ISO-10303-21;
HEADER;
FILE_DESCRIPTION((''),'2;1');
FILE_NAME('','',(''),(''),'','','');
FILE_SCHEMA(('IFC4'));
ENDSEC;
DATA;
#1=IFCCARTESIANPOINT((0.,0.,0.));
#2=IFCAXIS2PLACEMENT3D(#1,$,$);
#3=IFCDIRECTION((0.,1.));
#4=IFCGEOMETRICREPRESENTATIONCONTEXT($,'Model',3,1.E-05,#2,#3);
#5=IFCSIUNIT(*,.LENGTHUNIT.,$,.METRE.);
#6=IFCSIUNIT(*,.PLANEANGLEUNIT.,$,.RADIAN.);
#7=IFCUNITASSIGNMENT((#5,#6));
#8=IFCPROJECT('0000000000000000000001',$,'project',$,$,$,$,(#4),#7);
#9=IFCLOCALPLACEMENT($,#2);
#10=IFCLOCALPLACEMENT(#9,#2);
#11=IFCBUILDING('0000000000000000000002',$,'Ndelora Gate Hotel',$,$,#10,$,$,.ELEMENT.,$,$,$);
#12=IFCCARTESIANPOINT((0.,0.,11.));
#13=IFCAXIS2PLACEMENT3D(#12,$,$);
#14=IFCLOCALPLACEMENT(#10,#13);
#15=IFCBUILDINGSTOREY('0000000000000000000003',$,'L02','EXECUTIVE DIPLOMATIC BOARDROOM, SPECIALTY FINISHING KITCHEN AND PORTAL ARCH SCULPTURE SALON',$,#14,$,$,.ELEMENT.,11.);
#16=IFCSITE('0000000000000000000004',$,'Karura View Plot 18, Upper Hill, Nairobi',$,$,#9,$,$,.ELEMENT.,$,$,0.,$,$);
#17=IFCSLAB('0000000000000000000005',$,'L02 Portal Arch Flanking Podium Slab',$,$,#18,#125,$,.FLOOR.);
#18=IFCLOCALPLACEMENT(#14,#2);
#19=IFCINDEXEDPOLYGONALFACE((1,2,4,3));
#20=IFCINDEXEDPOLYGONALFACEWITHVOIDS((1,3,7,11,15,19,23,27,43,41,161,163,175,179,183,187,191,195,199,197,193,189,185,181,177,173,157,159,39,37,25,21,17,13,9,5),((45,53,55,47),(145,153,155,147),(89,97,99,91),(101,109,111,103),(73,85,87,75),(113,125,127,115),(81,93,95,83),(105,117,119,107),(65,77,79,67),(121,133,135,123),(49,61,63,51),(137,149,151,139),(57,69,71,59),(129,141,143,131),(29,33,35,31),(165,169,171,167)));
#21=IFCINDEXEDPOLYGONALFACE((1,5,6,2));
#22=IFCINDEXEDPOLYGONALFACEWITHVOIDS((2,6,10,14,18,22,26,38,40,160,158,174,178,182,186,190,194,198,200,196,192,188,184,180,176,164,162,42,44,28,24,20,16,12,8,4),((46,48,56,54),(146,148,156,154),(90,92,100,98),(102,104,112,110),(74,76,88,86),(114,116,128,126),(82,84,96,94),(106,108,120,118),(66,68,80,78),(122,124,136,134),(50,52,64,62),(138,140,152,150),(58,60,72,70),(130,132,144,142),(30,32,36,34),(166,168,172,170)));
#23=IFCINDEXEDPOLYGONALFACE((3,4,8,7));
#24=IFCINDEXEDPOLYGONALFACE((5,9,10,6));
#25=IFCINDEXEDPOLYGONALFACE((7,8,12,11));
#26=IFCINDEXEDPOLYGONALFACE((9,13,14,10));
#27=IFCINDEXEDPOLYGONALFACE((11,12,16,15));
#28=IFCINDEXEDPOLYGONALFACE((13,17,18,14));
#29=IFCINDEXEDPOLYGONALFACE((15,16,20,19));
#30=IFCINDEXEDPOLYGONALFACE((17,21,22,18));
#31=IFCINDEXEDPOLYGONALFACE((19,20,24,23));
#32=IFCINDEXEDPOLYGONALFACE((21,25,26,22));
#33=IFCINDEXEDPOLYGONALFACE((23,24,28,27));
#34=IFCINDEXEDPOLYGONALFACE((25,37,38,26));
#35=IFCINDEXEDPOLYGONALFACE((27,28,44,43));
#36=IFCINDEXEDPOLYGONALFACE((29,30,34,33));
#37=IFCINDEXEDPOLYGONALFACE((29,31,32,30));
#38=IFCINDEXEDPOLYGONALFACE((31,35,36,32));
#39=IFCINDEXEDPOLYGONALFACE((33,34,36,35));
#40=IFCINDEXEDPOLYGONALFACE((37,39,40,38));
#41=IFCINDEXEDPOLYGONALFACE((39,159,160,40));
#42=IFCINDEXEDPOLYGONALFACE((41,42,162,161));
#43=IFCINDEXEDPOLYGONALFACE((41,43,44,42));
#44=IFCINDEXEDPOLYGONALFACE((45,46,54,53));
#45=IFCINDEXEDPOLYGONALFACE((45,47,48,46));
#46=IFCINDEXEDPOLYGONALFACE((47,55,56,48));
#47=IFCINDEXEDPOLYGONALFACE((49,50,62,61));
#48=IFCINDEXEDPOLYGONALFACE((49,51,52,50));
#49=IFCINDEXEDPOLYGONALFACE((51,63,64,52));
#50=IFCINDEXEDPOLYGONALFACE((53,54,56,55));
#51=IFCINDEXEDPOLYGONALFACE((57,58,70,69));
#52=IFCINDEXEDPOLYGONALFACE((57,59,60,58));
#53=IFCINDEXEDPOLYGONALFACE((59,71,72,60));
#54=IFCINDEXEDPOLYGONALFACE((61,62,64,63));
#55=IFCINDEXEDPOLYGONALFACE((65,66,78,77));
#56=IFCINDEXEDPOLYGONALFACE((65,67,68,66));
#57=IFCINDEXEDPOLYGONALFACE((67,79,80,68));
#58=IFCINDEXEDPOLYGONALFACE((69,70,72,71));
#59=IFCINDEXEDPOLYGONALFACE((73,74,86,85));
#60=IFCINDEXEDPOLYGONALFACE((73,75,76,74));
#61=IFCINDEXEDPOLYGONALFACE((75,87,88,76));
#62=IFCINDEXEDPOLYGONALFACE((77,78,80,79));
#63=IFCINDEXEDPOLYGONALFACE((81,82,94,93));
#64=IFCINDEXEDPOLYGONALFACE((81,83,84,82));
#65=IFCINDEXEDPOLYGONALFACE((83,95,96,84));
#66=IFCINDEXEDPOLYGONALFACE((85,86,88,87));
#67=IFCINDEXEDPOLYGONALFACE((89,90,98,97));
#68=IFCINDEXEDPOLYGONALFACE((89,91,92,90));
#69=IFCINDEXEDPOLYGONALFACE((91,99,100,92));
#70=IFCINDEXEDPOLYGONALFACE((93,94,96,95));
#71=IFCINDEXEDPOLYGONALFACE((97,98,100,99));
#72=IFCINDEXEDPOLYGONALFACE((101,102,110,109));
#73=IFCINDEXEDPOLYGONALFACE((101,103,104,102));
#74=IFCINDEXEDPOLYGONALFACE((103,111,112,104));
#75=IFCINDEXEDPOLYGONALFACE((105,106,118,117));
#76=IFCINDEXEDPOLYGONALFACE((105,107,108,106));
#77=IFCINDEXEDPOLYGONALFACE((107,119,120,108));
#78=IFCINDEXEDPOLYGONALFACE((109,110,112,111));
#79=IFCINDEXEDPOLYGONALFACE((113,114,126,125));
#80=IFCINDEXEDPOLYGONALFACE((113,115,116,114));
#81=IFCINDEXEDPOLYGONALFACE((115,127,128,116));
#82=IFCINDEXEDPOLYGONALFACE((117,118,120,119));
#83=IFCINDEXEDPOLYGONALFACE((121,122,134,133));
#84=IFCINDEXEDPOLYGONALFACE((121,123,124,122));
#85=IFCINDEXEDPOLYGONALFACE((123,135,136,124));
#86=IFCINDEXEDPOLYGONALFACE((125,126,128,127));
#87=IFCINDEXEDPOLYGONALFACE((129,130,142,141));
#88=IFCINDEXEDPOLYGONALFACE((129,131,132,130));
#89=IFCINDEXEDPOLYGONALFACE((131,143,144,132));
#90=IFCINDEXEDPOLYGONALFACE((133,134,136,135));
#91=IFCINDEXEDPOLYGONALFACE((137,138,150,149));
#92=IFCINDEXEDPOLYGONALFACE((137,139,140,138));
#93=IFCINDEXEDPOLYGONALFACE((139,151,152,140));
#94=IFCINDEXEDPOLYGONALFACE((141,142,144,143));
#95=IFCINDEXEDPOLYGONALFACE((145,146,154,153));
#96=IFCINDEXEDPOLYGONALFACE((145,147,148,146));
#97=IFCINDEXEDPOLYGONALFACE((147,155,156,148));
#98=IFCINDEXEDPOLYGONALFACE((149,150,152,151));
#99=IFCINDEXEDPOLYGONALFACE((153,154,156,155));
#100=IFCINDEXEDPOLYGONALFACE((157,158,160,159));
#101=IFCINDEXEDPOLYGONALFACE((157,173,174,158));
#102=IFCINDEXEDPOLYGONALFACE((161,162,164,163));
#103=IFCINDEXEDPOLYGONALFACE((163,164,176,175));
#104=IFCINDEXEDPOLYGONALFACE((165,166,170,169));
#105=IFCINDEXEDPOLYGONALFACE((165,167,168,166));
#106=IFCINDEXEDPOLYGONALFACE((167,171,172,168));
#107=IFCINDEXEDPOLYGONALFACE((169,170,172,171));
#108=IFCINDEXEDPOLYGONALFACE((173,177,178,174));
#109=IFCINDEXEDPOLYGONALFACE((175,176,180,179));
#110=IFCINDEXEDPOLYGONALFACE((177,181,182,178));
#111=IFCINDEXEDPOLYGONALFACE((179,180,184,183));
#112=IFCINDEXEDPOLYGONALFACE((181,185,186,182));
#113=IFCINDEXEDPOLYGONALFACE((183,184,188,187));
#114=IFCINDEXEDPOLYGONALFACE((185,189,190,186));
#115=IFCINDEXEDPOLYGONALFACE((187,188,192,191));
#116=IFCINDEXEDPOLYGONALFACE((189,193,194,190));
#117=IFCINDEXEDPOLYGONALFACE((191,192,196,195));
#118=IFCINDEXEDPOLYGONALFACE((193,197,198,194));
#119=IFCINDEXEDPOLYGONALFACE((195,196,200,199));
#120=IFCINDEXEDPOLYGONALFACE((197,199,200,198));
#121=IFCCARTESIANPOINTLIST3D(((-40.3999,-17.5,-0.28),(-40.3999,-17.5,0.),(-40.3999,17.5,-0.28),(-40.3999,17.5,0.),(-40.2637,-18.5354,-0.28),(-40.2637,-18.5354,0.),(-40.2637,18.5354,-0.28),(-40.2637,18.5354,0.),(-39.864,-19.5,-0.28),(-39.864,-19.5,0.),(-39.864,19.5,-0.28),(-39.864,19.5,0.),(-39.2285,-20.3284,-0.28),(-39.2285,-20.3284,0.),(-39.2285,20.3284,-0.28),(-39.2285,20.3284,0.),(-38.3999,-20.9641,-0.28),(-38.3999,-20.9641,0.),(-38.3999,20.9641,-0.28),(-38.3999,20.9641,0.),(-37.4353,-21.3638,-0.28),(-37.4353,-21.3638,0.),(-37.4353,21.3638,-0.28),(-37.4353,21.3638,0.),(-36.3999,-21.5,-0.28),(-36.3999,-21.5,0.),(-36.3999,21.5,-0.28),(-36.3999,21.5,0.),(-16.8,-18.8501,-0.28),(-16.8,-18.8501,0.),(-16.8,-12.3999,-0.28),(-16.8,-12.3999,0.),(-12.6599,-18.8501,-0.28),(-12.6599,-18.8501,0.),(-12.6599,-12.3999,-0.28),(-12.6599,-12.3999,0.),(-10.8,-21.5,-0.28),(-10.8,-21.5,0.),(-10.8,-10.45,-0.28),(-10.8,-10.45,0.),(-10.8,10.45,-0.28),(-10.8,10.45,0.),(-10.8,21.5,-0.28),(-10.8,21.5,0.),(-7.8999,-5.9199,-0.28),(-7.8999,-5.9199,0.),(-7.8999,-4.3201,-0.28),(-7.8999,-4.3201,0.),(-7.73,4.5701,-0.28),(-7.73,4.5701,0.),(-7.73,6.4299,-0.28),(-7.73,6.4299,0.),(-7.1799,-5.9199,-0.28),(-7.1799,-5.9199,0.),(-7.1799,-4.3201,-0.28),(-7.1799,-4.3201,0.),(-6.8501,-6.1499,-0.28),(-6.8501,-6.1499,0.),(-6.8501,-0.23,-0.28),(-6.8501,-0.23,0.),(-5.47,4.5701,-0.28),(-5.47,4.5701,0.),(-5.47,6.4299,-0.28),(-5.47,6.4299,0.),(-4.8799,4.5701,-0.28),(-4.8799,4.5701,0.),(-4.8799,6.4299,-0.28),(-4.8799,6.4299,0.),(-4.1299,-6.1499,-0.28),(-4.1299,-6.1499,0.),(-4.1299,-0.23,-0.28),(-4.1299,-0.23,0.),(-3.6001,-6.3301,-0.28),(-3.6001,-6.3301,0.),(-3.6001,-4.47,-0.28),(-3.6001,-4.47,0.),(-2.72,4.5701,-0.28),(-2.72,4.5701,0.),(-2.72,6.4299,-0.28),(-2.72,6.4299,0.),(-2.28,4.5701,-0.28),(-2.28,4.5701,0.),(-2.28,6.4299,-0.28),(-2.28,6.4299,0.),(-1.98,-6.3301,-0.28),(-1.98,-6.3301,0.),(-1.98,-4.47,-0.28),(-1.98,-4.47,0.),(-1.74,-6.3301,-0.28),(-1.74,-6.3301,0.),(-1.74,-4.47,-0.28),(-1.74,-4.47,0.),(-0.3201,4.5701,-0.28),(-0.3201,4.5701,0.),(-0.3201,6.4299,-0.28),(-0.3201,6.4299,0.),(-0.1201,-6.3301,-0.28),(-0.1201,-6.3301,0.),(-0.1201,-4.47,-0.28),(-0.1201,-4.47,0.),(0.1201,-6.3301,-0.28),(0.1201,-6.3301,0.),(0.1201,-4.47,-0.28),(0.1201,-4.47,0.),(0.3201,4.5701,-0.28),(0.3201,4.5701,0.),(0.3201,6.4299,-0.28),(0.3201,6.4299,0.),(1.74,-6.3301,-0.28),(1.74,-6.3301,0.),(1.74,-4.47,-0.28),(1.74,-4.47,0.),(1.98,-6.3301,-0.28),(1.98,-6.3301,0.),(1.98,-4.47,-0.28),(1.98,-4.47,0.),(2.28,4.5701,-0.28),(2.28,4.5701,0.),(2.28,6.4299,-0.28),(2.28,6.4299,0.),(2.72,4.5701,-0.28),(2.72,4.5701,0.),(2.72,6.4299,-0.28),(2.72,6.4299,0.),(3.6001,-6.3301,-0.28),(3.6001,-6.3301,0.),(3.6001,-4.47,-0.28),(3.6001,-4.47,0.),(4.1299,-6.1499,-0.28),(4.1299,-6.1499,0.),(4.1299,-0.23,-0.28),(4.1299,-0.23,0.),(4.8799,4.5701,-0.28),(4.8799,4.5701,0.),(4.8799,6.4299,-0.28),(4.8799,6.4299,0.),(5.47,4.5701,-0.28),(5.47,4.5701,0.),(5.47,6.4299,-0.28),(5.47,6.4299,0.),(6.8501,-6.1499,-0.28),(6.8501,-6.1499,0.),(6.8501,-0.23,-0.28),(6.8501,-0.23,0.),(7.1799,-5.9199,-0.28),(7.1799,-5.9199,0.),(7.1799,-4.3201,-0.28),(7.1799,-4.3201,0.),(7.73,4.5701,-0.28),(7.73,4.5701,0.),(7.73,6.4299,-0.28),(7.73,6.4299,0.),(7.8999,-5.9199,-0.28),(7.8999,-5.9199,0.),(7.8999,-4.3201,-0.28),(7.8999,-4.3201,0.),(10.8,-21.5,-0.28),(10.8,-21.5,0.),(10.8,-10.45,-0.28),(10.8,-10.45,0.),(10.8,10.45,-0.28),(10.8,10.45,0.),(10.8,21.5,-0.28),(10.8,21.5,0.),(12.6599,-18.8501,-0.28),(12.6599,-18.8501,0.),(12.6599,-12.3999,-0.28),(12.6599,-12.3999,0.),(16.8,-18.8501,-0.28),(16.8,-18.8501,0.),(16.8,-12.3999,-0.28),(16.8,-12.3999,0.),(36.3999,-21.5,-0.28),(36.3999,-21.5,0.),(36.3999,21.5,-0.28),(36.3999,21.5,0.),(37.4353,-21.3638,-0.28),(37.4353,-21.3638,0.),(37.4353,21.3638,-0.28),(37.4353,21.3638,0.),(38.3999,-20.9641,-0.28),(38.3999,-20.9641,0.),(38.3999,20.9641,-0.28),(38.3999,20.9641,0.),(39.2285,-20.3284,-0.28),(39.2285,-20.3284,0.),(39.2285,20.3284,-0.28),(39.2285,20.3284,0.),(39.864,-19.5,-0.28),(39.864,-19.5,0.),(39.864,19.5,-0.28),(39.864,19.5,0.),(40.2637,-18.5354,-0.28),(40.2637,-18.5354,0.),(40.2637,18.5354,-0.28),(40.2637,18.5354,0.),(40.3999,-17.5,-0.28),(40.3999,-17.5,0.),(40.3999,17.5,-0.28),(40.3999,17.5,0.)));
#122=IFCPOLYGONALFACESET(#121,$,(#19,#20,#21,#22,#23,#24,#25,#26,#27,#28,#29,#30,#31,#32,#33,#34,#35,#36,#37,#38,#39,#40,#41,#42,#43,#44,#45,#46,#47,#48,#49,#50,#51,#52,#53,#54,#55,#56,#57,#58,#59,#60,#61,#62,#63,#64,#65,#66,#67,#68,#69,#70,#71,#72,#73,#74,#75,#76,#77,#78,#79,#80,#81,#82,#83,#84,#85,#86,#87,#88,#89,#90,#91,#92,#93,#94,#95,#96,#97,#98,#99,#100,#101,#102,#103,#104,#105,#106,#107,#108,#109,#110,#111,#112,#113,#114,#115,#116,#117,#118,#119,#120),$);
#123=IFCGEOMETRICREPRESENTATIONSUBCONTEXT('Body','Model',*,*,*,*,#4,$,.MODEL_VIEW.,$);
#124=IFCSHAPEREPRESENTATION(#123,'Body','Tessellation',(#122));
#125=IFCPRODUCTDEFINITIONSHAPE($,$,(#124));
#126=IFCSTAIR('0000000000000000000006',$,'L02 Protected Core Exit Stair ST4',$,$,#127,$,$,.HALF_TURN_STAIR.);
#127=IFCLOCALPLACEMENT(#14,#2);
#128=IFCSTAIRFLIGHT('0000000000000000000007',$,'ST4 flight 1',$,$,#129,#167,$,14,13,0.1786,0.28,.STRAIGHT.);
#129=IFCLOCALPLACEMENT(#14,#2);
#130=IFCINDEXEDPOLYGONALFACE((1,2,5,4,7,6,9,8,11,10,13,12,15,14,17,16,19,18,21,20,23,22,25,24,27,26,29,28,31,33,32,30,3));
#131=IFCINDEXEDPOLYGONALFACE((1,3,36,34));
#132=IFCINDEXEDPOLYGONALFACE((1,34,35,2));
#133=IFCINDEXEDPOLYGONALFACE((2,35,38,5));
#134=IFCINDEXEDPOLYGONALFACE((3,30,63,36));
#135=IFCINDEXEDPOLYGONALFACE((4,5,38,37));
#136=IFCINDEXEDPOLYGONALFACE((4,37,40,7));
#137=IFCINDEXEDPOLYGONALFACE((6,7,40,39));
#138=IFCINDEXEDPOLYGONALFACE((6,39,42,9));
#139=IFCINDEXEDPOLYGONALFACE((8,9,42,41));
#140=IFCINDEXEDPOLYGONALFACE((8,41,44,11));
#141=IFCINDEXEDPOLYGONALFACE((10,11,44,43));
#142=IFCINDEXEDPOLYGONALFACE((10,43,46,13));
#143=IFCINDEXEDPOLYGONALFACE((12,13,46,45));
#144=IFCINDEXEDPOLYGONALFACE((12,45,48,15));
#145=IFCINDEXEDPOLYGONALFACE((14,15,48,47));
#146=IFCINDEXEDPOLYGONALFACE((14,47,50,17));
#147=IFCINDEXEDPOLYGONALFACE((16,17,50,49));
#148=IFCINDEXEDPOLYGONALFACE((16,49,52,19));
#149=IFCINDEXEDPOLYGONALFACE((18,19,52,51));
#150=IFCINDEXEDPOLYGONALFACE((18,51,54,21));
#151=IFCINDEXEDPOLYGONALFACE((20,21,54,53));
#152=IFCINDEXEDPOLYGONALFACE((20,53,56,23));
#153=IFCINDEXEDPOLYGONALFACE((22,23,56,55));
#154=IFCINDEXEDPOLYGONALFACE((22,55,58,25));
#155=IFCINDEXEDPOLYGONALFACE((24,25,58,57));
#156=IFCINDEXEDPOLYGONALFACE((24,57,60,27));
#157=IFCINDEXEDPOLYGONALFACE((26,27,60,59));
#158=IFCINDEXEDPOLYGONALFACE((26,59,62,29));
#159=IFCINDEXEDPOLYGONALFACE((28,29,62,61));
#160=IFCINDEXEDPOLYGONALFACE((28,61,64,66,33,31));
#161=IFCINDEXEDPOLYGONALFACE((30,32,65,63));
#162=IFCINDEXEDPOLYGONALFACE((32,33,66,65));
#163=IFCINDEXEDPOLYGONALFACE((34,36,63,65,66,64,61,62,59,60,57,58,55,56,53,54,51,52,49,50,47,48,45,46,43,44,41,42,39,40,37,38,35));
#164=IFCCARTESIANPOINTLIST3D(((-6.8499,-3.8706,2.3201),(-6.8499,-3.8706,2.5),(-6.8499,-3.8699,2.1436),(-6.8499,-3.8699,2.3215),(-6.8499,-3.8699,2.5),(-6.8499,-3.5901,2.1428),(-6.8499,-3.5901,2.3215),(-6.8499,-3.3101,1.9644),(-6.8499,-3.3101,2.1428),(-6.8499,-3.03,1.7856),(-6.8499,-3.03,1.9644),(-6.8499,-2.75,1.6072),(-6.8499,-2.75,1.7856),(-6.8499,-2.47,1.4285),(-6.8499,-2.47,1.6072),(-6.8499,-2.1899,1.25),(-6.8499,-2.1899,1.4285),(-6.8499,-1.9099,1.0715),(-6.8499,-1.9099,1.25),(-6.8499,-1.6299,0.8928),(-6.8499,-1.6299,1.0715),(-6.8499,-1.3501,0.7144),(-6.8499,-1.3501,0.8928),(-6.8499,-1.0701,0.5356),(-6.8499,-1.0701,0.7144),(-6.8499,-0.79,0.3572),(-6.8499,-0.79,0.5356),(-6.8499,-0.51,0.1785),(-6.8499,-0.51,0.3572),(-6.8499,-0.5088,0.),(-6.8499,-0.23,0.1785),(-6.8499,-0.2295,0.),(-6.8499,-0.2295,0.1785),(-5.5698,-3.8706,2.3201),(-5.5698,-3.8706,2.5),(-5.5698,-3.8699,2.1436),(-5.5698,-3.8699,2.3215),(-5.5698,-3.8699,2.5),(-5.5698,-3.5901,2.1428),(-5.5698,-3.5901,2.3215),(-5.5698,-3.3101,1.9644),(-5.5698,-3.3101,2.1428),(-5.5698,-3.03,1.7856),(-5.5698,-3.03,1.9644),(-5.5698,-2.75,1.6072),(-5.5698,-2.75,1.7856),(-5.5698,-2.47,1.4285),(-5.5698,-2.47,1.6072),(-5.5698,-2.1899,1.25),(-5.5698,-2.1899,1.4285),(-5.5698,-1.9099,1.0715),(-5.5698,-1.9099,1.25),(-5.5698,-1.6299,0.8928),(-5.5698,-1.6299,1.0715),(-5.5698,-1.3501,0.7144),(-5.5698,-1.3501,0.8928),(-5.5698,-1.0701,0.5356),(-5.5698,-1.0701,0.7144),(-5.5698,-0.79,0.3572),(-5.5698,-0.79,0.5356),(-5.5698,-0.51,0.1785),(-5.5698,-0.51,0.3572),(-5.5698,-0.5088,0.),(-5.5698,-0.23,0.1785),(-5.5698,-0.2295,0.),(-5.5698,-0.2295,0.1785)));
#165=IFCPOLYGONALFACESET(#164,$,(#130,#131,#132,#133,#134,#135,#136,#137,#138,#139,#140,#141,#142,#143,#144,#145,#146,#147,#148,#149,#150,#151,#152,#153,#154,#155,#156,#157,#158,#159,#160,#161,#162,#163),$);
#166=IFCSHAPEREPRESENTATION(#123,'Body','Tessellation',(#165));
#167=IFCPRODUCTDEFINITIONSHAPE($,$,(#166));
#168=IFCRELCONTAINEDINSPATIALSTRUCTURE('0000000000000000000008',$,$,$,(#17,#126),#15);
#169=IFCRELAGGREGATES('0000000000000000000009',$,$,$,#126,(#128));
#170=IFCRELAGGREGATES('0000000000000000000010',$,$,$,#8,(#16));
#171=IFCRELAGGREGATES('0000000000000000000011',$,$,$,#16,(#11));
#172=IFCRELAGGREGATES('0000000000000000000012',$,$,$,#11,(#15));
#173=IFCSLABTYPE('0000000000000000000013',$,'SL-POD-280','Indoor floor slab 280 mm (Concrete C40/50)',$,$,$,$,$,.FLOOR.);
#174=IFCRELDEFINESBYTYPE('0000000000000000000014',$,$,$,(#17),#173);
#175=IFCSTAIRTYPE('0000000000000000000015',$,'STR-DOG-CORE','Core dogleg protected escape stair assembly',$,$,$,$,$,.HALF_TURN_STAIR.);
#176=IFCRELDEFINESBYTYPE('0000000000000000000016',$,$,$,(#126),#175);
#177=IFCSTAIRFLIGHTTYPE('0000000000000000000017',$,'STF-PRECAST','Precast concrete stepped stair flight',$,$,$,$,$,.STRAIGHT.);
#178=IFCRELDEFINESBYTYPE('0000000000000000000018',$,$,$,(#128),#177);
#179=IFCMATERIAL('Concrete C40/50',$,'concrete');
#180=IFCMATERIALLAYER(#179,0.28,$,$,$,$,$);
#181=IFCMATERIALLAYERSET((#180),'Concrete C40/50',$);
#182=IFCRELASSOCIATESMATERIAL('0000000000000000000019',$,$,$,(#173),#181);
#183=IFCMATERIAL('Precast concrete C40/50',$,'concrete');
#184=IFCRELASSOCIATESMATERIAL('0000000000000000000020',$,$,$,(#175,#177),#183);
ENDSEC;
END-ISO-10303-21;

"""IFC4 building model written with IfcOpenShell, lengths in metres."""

from ifc_helpers import new_model, si_unit, direction, frame, origin, place, context, subcontext, project, spatial, polyline, outline, extrude, material, layer, layer_set, type_object, element, aggregate, save


model = new_model("IFC4")

# Units and contexts
model_context = context("Model", 3, precision=1e-05, world=origin(), true_north=direction((0.0, 1.0)))
body_context = subcontext(model_context, "Body", "Model", "MODEL_VIEW")
ifc_project = project(units=[si_unit("LENGTHUNIT", "METRE"), si_unit("PLANEANGLEUNIT", "RADIAN")], contexts=[model_context])

# Site, building, storey
site_placement = place(None, origin())
site = spatial("IfcSite", under=ifc_project, at=site_placement, Name="Karura View Plot 18, Upper Hill, Nairobi", CompositionType="ELEMENT", RefElevation=0.0)
building_placement = place(site_placement, origin())
building = spatial("IfcBuilding", under=site, at=building_placement, Name="Ndelora Gate Hotel", CompositionType="ELEMENT")
storey_placement = place(building_placement, frame((0.0, 0.0, 11.0)))
storey = spatial("IfcBuildingStorey", under=building, at=storey_placement, Name="L02", Description="EXECUTIVE DIPLOMATIC BOARDROOM, SPECIALTY FINISHING KITCHEN AND PORTAL ARCH SCULPTURE SALON", CompositionType="ELEMENT", Elevation=11.0)

# Slab
ifc_material_1 = material(Name="Concrete C40/50", Category="concrete")
ifc_layer_1 = layer(ifc_material_1, 0.28)
ifc_layer_set_1 = layer_set([ifc_layer_1], Name="Concrete C40/50")
slab_type = type_object("IfcSlabType", Name="SL-POD-280", Description="Indoor floor slab 280 mm (Concrete C40/50)", PredefinedType="FLOOR", material=ifc_layer_set_1)
slab_placement = place(storey_placement, frame((0.0, 0.0, -0.28)))
element("IfcSlab", 1, at=slab_placement, inside=storey, type_object=slab_type, Name="L02 Portal Arch Flanking Podium Slab", PredefinedType="FLOOR", context=body_context, shape_type="SweptSolid", body=[
    extrude(outline(polyline([(-36.3999, -21.5), (-10.8, -21.5), (-10.8, -10.45), (10.8, -10.45), (10.8, -21.5), (36.3999, -21.5), (37.4353, -21.3638), (38.3999, -20.9641), (39.2285, -20.3284), (39.864, -19.5), (40.2637, -18.5354), (40.3999, -17.5), (40.3999, 17.5), (40.2637, 18.5354), (39.864, 19.5), (39.2285, 20.3284), (38.3999, 20.9641), (37.4353, 21.3638), (36.3999, 21.5), (10.8, 21.5), (10.8, 10.45), (-10.8, 10.45), (-10.8, 21.5), (-36.3999, 21.5), (-37.4353, 21.3638), (-38.3999, 20.9641), (-39.2285, 20.3284), (-39.864, 19.5), (-40.2637, 18.5354), (-40.3999, 17.5), (-40.3999, -17.5), (-40.2637, -18.5354), (-39.864, -19.5), (-39.2285, -20.3284), (-38.3999, -20.9641), (-37.4353, -21.3638), (-36.3999, -21.5)]), holes=[polyline([(-6.8501, -0.23), (-6.8501, -6.1499), (-4.1299, -6.1499), (-4.1299, -0.23), (-6.8501, -0.23)]), polyline([(4.1299, -0.23), (4.1299, -6.1499), (6.8501, -6.1499), (6.8501, -0.23), (4.1299, -0.23)]), polyline([(-16.8, -12.3999), (-16.8, -18.8501), (-12.6599, -18.8501), (-12.6599, -12.3999), (-16.8, -12.3999)]), polyline([(12.6599, -12.3999), (12.6599, -18.8501), (16.8, -18.8501), (16.8, -12.3999), (12.6599, -12.3999)]), polyline([(-7.73, 4.5701), (-5.47, 4.5701), (-5.47, 6.4299), (-7.73, 6.4299), (-7.73, 4.5701)]), polyline([(5.47, 4.5701), (7.73, 4.5701), (7.73, 6.4299), (5.47, 6.4299), (5.47, 4.5701)]), polyline([(-4.8799, 4.5701), (-2.72, 4.5701), (-2.72, 6.4299), (-4.8799, 6.4299), (-4.8799, 4.5701)]), polyline([(2.72, 4.5701), (4.8799, 4.5701), (4.8799, 6.4299), (2.72, 6.4299), (2.72, 4.5701)]), polyline([(-3.6001, -6.3301), (-1.98, -6.3301), (-1.98, -4.47), (-3.6001, -4.47), (-3.6001, -6.3301)]), polyline([(-1.74, -6.3301), (-0.1201, -6.3301), (-0.1201, -4.47), (-1.74, -4.47), (-1.74, -6.3301)]), polyline([(0.1201, -6.3301), (1.74, -6.3301), (1.74, -4.47), (0.1201, -4.47), (0.1201, -6.3301)]), polyline([(1.98, -6.3301), (3.6001, -6.3301), (3.6001, -4.47), (1.98, -4.47), (1.98, -6.3301)]), polyline([(-2.28, 4.5701), (-0.3201, 4.5701), (-0.3201, 6.4299), (-2.28, 6.4299), (-2.28, 4.5701)]), polyline([(0.3201, 4.5701), (2.28, 4.5701), (2.28, 6.4299), (0.3201, 6.4299), (0.3201, 4.5701)]), polyline([(-7.8999, -5.9199), (-7.1799, -5.9199), (-7.1799, -4.3201), (-7.8999, -4.3201), (-7.8999, -5.9199)]), polyline([(7.1799, -5.9199), (7.8999, -5.9199), (7.8999, -4.3201), (7.1799, -4.3201), (7.1799, -5.9199)])]), origin(), (0.0, 0.0, 1.0), 0.28),
])

# Stair, stair flight
ifc_material_2 = material(Name="Precast concrete C40/50", Category="concrete")
stair_type = type_object("IfcStairType", Name="STR-DOG-CORE", Description="Core dogleg protected escape stair assembly", PredefinedType="HALF_TURN_STAIR", material=ifc_material_2)
stair_placement = place(storey_placement, origin())
stair = element("IfcStair", 2, at=stair_placement, inside=storey, type_object=stair_type, Name="L02 Protected Core Exit Stair ST4", PredefinedType="HALF_TURN_STAIR")
stair_flight_type = type_object("IfcStairFlightType", Name="STF-PRECAST", Description="Precast concrete stepped stair flight", PredefinedType="STRAIGHT", material=ifc_material_2)
stair_flight_1_placement = place(storey_placement, frame((-6.21, -0.23, 0.0), z_axis=(0.0, 0.0, 1.0), x_axis=(0.0, -1.0, 0.0)))
stair_flight_1 = element("IfcStairFlight", 3, at=stair_flight_1_placement, type_object=stair_flight_type, Name="ST4 flight 1", NumberOfRisers=14, NumberOfTreads=13, PredefinedType="STRAIGHT", RiserHeight=0.1786, TreadLength=0.28, context=body_context, shape_type="SweptSolid", body=[
    extrude(outline(polyline([(-0.0005, 0.0), (-0.0005, 0.1785), (0.0, 0.1785), (0.28, 0.1785), (0.28, 0.3572), (0.5601, 0.3572), (0.5601, 0.5356), (0.8401, 0.5356), (0.8401, 0.7144), (1.1201, 0.7144), (1.1201, 0.8928), (1.3999, 0.8928), (1.3999, 1.0715), (1.6799, 1.0715), (1.6799, 1.25), (1.96, 1.25), (1.96, 1.4285), (2.24, 1.4285), (2.24, 1.6072), (2.52, 1.6072), (2.52, 1.7856), (2.8, 1.7856), (2.8, 1.9644), (3.0801, 1.9644), (3.0801, 2.1428), (3.3601, 2.1428), (3.3601, 2.3215), (3.6399, 2.3215), (3.6399, 2.5), (3.6406, 2.5), (3.6406, 2.3201), (3.6399, 2.1436), (0.2788, 0.0), (-0.0005, 0.0)])), frame((0.0, 0.6401, 0.0), z_axis=(0.0, -1.0, 0.0), x_axis=(1.0, 0.0, 0.0)), (0.0, 0.0, 1.0), 1.28),
])
aggregate(stair, [stair_flight_1])

save(model, "model.ifc")
